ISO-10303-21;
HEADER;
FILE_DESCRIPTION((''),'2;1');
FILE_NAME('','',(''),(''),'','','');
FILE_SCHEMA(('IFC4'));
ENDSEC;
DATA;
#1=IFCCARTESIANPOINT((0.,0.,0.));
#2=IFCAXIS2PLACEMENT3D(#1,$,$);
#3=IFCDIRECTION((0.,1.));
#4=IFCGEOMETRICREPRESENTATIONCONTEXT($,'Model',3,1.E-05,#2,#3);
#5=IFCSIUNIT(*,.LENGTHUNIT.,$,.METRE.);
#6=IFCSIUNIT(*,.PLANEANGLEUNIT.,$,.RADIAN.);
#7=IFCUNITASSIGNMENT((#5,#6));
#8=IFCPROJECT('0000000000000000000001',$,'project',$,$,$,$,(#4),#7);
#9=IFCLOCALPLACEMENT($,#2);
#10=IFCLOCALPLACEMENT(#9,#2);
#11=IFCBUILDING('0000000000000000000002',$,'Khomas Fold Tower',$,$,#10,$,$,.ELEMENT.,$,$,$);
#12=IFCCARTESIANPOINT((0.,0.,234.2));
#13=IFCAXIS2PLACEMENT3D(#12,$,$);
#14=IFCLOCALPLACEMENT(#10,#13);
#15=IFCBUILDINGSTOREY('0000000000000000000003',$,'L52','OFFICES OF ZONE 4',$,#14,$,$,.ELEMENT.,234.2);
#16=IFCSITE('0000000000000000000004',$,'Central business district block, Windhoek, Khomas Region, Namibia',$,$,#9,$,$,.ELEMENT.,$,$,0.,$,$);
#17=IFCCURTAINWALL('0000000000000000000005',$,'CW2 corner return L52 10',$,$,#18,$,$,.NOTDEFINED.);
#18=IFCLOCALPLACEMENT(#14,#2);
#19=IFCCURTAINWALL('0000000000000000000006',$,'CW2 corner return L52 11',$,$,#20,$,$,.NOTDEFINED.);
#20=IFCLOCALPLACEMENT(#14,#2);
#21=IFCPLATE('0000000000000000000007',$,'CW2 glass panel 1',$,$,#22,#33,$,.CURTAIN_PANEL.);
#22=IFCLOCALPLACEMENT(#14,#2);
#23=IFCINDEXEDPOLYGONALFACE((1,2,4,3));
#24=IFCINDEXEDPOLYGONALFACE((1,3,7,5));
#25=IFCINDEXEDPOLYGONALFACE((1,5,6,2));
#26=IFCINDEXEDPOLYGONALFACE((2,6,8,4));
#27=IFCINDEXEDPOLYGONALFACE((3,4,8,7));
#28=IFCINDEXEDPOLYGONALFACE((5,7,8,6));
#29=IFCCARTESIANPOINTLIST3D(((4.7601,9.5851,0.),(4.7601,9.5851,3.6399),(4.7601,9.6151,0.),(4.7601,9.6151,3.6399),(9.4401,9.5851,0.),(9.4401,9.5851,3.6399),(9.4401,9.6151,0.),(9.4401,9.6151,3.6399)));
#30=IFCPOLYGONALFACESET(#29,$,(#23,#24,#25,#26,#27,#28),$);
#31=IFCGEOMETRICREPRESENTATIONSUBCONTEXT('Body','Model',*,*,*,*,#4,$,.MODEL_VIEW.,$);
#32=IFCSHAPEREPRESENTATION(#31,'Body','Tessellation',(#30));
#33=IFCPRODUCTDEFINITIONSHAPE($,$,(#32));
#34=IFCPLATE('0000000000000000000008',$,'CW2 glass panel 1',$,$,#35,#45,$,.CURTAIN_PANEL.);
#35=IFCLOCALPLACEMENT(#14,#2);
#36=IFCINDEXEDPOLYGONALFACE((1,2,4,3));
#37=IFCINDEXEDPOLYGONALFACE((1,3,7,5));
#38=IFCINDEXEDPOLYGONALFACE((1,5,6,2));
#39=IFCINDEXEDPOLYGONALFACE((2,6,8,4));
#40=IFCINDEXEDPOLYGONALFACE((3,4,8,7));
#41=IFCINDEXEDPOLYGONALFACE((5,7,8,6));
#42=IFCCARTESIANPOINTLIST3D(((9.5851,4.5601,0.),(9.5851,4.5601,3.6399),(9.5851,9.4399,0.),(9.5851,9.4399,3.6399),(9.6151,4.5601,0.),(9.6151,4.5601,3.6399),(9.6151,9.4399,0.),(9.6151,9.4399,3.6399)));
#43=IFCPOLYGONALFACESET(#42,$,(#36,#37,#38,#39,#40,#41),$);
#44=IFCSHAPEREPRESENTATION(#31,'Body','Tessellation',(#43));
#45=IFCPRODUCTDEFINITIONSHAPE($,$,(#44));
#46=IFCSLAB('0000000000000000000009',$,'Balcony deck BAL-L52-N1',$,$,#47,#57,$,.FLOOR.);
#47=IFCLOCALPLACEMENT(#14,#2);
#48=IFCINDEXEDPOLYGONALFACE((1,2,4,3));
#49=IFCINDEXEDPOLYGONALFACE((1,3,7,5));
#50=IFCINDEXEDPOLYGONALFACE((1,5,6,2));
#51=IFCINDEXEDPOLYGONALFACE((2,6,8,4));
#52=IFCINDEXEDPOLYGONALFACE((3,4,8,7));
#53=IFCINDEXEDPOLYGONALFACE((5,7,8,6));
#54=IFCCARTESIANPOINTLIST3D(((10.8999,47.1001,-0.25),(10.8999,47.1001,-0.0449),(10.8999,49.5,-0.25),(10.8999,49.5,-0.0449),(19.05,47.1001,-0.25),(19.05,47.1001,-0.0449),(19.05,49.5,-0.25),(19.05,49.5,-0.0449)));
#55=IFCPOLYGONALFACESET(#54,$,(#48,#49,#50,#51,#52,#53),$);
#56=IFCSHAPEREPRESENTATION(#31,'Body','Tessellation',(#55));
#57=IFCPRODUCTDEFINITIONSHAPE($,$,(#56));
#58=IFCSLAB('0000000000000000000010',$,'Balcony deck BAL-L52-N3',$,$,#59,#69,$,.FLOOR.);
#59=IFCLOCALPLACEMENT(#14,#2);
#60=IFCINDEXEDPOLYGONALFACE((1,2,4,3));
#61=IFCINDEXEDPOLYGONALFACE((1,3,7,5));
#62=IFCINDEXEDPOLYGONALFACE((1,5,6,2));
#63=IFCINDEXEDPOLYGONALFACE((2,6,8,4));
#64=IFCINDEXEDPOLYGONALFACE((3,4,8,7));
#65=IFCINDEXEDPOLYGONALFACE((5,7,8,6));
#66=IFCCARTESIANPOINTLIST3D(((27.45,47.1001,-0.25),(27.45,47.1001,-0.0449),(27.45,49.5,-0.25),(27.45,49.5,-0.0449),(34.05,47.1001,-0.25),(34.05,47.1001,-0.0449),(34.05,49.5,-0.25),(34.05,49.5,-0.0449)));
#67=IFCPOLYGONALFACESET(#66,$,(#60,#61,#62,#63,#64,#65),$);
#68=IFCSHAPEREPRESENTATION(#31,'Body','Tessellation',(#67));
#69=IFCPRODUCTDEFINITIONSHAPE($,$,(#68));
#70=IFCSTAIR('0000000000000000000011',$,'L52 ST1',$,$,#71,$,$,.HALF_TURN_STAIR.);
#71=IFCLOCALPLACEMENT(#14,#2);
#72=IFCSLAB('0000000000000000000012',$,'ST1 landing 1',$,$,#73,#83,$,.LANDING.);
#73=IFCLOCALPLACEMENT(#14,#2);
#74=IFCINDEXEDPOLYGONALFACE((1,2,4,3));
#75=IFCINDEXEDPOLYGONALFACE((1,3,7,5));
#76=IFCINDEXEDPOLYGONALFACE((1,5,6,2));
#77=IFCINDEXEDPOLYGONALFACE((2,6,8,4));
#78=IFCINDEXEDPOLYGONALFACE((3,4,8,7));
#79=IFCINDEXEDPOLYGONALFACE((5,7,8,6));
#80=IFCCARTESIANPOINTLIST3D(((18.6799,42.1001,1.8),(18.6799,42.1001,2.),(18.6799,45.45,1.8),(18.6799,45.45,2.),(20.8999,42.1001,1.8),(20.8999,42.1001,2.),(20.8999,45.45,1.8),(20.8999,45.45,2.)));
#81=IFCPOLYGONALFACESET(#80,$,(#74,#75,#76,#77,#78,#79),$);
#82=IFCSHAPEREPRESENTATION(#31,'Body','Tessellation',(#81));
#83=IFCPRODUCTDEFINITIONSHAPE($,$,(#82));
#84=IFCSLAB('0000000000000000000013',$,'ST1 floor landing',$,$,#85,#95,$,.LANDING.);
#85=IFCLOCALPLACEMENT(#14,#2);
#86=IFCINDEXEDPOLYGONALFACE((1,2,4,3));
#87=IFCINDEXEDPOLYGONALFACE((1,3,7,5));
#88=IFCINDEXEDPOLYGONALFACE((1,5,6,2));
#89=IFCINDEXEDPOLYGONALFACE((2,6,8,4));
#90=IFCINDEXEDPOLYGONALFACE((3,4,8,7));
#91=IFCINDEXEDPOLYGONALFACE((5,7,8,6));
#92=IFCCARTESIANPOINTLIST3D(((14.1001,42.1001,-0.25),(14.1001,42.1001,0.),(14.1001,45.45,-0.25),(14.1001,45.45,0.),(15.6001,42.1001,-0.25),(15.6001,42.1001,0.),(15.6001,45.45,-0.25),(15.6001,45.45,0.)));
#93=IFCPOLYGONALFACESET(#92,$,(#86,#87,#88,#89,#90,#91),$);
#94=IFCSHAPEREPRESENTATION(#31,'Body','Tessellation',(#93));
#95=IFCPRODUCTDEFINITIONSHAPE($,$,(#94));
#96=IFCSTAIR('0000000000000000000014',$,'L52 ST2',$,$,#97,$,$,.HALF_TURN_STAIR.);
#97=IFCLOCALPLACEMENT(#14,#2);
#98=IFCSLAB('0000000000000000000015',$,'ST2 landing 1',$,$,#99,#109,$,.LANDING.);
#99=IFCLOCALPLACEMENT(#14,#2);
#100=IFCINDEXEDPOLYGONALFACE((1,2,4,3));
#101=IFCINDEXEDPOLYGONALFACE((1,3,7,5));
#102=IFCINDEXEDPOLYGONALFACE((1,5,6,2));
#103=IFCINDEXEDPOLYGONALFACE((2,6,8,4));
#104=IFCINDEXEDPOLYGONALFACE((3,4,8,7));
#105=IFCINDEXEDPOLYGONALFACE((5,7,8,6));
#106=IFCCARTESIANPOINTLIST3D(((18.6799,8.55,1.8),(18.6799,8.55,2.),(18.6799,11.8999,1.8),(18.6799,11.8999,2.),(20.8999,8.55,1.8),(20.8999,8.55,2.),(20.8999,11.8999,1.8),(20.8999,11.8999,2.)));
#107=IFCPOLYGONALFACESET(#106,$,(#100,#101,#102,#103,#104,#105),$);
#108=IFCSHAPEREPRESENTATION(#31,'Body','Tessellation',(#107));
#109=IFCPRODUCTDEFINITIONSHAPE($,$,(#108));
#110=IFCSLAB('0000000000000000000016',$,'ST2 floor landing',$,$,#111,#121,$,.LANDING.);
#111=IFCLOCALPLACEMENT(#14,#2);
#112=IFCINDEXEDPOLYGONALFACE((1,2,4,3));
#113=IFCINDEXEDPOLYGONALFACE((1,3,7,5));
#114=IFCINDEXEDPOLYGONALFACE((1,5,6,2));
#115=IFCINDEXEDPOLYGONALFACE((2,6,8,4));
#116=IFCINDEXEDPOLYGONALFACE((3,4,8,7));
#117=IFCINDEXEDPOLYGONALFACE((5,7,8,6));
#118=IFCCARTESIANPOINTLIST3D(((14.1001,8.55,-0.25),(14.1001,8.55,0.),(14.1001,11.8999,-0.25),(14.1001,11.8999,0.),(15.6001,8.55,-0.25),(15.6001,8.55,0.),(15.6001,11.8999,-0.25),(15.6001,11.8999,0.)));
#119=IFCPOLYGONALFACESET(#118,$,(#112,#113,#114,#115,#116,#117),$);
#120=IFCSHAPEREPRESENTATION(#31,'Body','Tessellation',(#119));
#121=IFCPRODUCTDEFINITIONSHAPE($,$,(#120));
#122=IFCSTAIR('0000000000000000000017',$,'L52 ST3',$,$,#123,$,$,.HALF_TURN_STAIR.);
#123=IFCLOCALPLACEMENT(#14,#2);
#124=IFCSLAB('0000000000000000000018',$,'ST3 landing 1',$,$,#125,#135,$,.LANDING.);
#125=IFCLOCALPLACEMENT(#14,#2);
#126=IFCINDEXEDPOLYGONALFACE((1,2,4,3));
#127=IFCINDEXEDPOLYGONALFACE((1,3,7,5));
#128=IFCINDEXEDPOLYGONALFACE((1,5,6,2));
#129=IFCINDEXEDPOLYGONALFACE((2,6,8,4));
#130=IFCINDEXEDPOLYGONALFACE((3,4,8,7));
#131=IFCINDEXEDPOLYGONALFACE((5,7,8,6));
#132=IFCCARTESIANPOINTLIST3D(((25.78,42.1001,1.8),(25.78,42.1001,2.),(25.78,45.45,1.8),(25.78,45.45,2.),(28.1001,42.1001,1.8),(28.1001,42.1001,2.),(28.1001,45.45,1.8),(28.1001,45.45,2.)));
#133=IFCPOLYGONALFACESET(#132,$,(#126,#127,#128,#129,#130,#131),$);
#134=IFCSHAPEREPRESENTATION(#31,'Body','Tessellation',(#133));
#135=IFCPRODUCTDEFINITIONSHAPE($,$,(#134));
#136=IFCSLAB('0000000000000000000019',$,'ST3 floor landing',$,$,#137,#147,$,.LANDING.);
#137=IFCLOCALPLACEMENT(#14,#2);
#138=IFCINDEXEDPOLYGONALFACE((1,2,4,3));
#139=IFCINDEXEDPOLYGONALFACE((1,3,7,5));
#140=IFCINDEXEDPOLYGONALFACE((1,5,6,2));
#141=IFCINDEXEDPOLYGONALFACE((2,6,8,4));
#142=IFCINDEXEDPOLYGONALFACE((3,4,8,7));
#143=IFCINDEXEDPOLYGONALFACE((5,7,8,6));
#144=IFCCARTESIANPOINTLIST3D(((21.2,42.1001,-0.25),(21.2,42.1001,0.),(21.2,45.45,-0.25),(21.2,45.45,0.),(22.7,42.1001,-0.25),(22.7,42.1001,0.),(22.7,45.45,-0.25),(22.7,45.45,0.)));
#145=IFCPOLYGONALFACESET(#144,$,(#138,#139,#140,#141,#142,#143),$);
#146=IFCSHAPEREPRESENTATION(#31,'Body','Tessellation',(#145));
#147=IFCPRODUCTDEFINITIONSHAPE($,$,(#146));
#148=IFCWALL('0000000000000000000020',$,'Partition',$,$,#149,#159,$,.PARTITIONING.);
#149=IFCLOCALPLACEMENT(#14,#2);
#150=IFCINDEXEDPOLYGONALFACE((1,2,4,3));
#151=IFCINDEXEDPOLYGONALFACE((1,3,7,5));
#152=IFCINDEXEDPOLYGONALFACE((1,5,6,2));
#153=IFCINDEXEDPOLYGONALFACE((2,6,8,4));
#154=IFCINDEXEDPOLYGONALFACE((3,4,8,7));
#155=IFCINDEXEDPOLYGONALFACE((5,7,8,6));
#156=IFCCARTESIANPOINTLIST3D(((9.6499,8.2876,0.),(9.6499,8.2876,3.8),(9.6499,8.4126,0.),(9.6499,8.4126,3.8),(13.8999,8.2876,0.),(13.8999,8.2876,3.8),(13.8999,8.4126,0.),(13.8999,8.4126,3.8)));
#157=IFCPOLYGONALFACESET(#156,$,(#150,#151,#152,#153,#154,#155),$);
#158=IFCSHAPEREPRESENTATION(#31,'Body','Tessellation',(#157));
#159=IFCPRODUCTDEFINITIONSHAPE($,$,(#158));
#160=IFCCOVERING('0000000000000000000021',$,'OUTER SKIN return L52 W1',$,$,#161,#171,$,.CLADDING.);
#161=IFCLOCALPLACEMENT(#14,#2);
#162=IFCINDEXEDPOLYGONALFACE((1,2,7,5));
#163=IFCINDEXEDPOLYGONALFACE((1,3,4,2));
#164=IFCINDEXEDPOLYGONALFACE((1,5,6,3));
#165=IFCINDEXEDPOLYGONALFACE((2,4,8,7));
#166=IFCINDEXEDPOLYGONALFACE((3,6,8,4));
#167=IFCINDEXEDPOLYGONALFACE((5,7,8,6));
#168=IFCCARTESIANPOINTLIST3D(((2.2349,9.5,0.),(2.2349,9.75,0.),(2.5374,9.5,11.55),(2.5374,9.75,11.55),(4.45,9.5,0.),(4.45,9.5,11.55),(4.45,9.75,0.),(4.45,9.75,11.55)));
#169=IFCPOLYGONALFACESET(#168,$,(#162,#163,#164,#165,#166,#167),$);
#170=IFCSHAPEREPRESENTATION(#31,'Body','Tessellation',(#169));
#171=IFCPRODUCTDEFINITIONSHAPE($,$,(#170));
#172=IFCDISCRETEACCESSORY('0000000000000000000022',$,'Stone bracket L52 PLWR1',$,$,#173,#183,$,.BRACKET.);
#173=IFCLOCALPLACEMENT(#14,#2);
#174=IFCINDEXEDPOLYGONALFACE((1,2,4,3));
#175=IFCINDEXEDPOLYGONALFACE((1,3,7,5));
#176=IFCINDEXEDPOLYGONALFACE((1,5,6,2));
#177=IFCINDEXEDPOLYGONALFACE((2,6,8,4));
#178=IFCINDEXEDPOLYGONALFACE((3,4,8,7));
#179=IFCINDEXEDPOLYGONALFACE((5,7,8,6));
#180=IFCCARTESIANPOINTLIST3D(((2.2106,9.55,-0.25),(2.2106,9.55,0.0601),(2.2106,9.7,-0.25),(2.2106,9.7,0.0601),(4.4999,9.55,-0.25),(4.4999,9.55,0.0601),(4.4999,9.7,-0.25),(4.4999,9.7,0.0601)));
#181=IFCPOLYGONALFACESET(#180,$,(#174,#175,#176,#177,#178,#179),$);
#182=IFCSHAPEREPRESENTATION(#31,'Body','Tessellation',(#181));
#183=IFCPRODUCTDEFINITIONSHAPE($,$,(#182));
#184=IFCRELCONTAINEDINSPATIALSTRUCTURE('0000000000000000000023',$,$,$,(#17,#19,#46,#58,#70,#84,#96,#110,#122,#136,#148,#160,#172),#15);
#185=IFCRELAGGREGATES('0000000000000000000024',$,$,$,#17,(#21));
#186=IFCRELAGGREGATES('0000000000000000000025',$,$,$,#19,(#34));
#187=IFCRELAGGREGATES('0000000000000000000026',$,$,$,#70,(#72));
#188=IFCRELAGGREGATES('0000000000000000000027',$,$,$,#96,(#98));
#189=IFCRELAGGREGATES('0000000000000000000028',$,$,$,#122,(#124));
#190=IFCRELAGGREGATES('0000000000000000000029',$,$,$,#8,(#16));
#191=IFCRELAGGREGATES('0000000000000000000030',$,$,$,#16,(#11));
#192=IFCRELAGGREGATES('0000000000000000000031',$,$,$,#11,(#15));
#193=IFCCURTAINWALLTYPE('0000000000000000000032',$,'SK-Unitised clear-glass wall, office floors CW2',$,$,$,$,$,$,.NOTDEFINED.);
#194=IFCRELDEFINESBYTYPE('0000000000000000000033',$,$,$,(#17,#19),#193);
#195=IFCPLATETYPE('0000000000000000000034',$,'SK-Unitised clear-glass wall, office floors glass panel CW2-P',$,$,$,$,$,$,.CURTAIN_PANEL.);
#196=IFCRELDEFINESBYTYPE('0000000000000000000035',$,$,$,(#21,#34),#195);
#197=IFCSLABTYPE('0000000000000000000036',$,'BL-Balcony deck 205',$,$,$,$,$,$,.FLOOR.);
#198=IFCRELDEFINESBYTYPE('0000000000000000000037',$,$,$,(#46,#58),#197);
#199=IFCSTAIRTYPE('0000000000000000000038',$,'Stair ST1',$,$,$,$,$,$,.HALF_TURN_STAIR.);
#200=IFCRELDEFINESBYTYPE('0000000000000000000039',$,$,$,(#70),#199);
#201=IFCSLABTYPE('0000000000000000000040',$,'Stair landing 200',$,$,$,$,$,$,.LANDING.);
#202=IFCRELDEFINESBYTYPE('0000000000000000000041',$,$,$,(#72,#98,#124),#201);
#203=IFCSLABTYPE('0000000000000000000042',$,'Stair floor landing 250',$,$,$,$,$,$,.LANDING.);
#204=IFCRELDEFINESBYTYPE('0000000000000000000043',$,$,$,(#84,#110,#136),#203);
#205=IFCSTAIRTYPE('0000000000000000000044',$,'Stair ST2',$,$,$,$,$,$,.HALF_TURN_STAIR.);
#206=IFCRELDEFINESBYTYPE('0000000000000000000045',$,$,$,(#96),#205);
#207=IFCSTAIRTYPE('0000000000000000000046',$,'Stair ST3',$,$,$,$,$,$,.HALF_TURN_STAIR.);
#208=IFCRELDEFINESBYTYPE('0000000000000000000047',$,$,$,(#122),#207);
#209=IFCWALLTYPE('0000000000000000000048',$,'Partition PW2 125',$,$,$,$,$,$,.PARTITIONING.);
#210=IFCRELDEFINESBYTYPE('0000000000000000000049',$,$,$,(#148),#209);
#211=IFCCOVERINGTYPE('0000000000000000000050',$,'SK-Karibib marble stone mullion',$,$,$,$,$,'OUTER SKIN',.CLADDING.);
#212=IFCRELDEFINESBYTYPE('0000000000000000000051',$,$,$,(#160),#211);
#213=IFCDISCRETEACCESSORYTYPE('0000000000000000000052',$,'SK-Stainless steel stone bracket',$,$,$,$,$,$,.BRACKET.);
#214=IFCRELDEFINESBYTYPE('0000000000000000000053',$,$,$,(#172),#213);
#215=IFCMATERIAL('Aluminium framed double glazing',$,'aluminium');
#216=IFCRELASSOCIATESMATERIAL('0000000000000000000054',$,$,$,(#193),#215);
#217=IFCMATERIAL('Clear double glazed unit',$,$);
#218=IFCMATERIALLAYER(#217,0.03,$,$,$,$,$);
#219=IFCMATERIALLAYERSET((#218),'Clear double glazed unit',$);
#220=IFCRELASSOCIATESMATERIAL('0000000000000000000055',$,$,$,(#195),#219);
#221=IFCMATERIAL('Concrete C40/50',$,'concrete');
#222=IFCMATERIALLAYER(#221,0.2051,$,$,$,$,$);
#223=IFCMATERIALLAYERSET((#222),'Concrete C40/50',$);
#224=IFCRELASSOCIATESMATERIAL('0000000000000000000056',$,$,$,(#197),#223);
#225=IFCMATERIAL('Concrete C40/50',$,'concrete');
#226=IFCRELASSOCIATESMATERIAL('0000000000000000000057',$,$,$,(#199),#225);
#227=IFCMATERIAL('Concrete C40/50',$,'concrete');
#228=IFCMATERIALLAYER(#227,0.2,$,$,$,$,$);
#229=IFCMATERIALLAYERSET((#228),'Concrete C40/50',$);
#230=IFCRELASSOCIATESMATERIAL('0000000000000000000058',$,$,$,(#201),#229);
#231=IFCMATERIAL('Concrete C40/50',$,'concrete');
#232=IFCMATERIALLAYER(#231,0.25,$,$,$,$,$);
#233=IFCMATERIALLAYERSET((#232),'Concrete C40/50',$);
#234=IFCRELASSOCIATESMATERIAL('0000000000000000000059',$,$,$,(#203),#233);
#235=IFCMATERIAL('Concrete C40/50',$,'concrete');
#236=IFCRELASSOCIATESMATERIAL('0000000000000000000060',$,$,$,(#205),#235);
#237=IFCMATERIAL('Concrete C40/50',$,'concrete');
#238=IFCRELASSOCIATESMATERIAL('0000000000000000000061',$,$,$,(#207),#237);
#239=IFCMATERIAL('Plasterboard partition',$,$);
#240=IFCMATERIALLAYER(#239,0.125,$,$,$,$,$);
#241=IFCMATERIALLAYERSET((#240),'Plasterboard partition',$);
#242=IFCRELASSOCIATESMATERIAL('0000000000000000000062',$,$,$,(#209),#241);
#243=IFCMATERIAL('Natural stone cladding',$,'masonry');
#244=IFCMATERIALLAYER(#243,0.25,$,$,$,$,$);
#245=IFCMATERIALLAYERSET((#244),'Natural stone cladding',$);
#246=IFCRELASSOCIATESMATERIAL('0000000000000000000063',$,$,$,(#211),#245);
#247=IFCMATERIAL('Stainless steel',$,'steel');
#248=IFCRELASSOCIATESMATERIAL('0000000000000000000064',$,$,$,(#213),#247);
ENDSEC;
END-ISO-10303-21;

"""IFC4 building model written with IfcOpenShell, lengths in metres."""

from ifc_helpers import new_model, si_unit, direction, frame, frame_2d, origin, origin_2d, place, context, subcontext, project, spatial, polyline, rectangle, outline, extrude, source, transform, mapped, material, layer, layer_set, type_object, element, aggregate, save


model = new_model("IFC4")

# Units and contexts
model_context = context("Model", 3, precision=1e-05, world=origin(), true_north=direction((0.0, 1.0)))
body_context = subcontext(model_context, "Body", "Model", "MODEL_VIEW")
ifc_project = project(units=[si_unit("LENGTHUNIT", "METRE"), si_unit("PLANEANGLEUNIT", "RADIAN")], contexts=[model_context])

# Site, building, storey
site_placement = place(None, origin())
site = spatial("IfcSite", under=ifc_project, at=site_placement, Name="Central business district block, Windhoek, Khomas Region, Namibia", CompositionType="ELEMENT", RefElevation=0.0)
building_placement = place(site_placement, origin())
building = spatial("IfcBuilding", under=site, at=building_placement, Name="Khomas Fold Tower", CompositionType="ELEMENT")
storey_placement = place(building_placement, frame((0.0, 0.0, 234.2)))
storey = spatial("IfcBuildingStorey", under=building, at=storey_placement, Name="L52", Description="OFFICES OF ZONE 4", CompositionType="ELEMENT", Elevation=234.2)

# Curtain walls
ifc_material_1 = material(Name="Aluminium framed double glazing", Category="aluminium")
curtain_wall_type = type_object("IfcCurtainWallType", Name="SK-Unitised clear-glass wall, office floors CW2", PredefinedType="NOTDEFINED", material=ifc_material_1)
curtain_wall_1_placement = place(storey_placement, origin())
curtain_wall_1 = element("IfcCurtainWall", 1, at=curtain_wall_1_placement, inside=storey, type_object=curtain_wall_type, Name="CW2 corner return L52 10", PredefinedType="NOTDEFINED")
curtain_wall_2_placement = place(storey_placement, origin())
curtain_wall_2 = element("IfcCurtainWall", 2, at=curtain_wall_2_placement, inside=storey, type_object=curtain_wall_type, Name="CW2 corner return L52 11", PredefinedType="NOTDEFINED")

# Plates
ifc_material_2 = material(Name="Clear double glazed unit")
ifc_layer_1 = layer(ifc_material_2, 0.03)
ifc_layer_set_1 = layer_set([ifc_layer_1], Name="Clear double glazed unit")
plate_type_1 = type_object("IfcPlateType", Name="SK-Unitised clear-glass wall, office floors glass panel CW2-P", PredefinedType="CURTAIN_PANEL", material=ifc_layer_set_1)
shared_shape_1 = source(origin(), body_context, "Body", "SweptSolid", [
    extrude(rectangle(XDim=4.6799, YDim=0.03, at=origin_2d()), origin(), (0.0, 0.0, 1.0), 3.6399),
])
plate_1_placement = place(storey_placement, frame((7.1001, 9.6001, 0.0), z_axis=(0.0, 0.0, 1.0), x_axis=(1.0, 0.0, 0.0)))
plate_1 = element("IfcPlate", 3, at=plate_1_placement, type_object=plate_type_1, Name="CW2 glass panel 1", PredefinedType="CURTAIN_PANEL", context=body_context, shape_type="MappedRepresentation", body=[
    mapped(shared_shape_1, transform((0.0, 0.0, 0.0))),
])
aggregate(curtain_wall_1, [plate_1])
shared_shape_2 = source(origin(), body_context, "Body", "SweptSolid", [
    extrude(rectangle(XDim=4.8799, YDim=0.03, at=origin_2d()), origin(), (0.0, 0.0, 1.0), 3.6399),
])
plate_2_placement = place(storey_placement, frame((9.6001, 7.0, 0.0), z_axis=(0.0, 0.0, 1.0), x_axis=(0.0, -1.0, 0.0)))
plate_2 = element("IfcPlate", 4, at=plate_2_placement, type_object=plate_type_1, Name="CW2 glass panel 1", PredefinedType="CURTAIN_PANEL", context=body_context, shape_type="MappedRepresentation", body=[
    mapped(shared_shape_2, transform((0.0, 0.0, 0.0))),
])
aggregate(curtain_wall_2, [plate_2])

# Slabs
ifc_material_3 = material(Name="Concrete C40/50", Category="concrete")
ifc_layer_2 = layer(ifc_material_3, 0.2051)
ifc_layer_set_2 = layer_set([ifc_layer_2], Name="Concrete C40/50")
slab_type_1 = type_object("IfcSlabType", Name="BL-Balcony deck 205", PredefinedType="FLOOR", material=ifc_layer_set_2)
shared_shape_3 = source(origin(), body_context, "Body", "SweptSolid", [
    extrude(outline(polyline([(10.8999, 47.1001), (19.05, 47.1001), (19.05, 49.5), (10.8999, 49.5), (10.8999, 47.1001)])), origin(), (0.0, 0.0, 1.0), 0.2051),
])
slab_1_placement = place(storey_placement, frame((0.0, 0.0, -0.25)))
element("IfcSlab", 5, at=slab_1_placement, inside=storey, type_object=slab_type_1, Name="Balcony deck BAL-L52-N1", PredefinedType="FLOOR", context=body_context, shape_type="MappedRepresentation", body=[
    mapped(shared_shape_3, transform((0.0, 0.0, 0.0))),
])
shared_shape_4 = source(origin(), body_context, "Body", "SweptSolid", [
    extrude(outline(polyline([(27.45, 47.1001), (34.05, 47.1001), (34.05, 49.5), (27.45, 49.5), (27.45, 47.1001)])), origin(), (0.0, 0.0, 1.0), 0.2051),
])
slab_2_placement = place(storey_placement, frame((0.0, 0.0, -0.25)))
element("IfcSlab", 6, at=slab_2_placement, inside=storey, type_object=slab_type_1, Name="Balcony deck BAL-L52-N3", PredefinedType="FLOOR", context=body_context, shape_type="MappedRepresentation", body=[
    mapped(shared_shape_4, transform((0.0, 0.0, 0.0))),
])

# Stair, slab
ifc_material_4 = material(Name="Concrete C40/50", Category="concrete")
stair_type_1 = type_object("IfcStairType", Name="Stair ST1", PredefinedType="HALF_TURN_STAIR", material=ifc_material_4)
stair_1_placement = place(storey_placement, origin())
stair_1 = element("IfcStair", 7, at=stair_1_placement, inside=storey, type_object=stair_type_1, Name="L52 ST1", PredefinedType="HALF_TURN_STAIR")
ifc_material_5 = material(Name="Concrete C40/50", Category="concrete")
ifc_layer_3 = layer(ifc_material_5, 0.2)
ifc_layer_set_3 = layer_set([ifc_layer_3], Name="Concrete C40/50")
slab_type_2 = type_object("IfcSlabType", Name="Stair landing 200", PredefinedType="LANDING", material=ifc_layer_set_3)
shared_shape_5 = source(origin(), body_context, "Body", "SweptSolid", [
    extrude(outline(polyline([(18.6799, 42.1001), (20.8999, 42.1001), (20.8999, 45.45), (18.6799, 45.45), (18.6799, 42.1001)])), origin(), (0.0, 0.0, 1.0), 0.2),
])
slab_3_placement = place(storey_placement, frame((0.0, 0.0, 1.8)))
slab_3 = element("IfcSlab", 8, at=slab_3_placement, type_object=slab_type_2, Name="ST1 landing 1", PredefinedType="LANDING", context=body_context, shape_type="MappedRepresentation", body=[
    mapped(shared_shape_5, transform((0.0, 0.0, 0.0))),
])
aggregate(stair_1, [slab_3])

# Slab
ifc_material_6 = material(Name="Concrete C40/50", Category="concrete")
ifc_layer_4 = layer(ifc_material_6, 0.25)
ifc_layer_set_4 = layer_set([ifc_layer_4], Name="Concrete C40/50")
slab_type_3 = type_object("IfcSlabType", Name="Stair floor landing 250", PredefinedType="LANDING", material=ifc_layer_set_4)
shared_shape_6 = source(origin(), body_context, "Body", "SweptSolid", [
    extrude(outline(polyline([(15.6001, 42.1001), (14.1001, 42.1001), (14.1001, 45.45), (15.6001, 45.45), (15.6001, 42.1001)])), origin(), (0.0, 0.0, 1.0), 0.25),
])
slab_4_placement = place(storey_placement, frame((0.0, 0.0, -0.25)))
element("IfcSlab", 9, at=slab_4_placement, inside=storey, type_object=slab_type_3, Name="ST1 floor landing", PredefinedType="LANDING", context=body_context, shape_type="MappedRepresentation", body=[
    mapped(shared_shape_6, transform((0.0, 0.0, 0.0))),
])

# Stair, slab
ifc_material_7 = material(Name="Concrete C40/50", Category="concrete")
stair_type_2 = type_object("IfcStairType", Name="Stair ST2", PredefinedType="HALF_TURN_STAIR", material=ifc_material_7)
stair_2_placement = place(storey_placement, origin())
stair_2 = element("IfcStair", 10, at=stair_2_placement, inside=storey, type_object=stair_type_2, Name="L52 ST2", PredefinedType="HALF_TURN_STAIR")
shared_shape_7 = source(origin(), body_context, "Body", "SweptSolid", [
    extrude(outline(polyline([(18.6799, 8.55), (20.8999, 8.55), (20.8999, 11.8999), (18.6799, 11.8999), (18.6799, 8.55)])), origin(), (0.0, 0.0, 1.0), 0.2),
])
slab_5_placement = place(storey_placement, frame((0.0, 0.0, 1.8)))
slab_5 = element("IfcSlab", 11, at=slab_5_placement, type_object=slab_type_2, Name="ST2 landing 1", PredefinedType="LANDING", context=body_context, shape_type="MappedRepresentation", body=[
    mapped(shared_shape_7, transform((0.0, 0.0, 0.0))),
])
aggregate(stair_2, [slab_5])

# Slab
shared_shape_8 = source(origin(), body_context, "Body", "SweptSolid", [
    extrude(outline(polyline([(15.6001, 8.55), (14.1001, 8.55), (14.1001, 11.8999), (15.6001, 11.8999), (15.6001, 8.55)])), origin(), (0.0, 0.0, 1.0), 0.25),
])
slab_6_placement = place(storey_placement, frame((0.0, 0.0, -0.25)))
element("IfcSlab", 12, at=slab_6_placement, inside=storey, type_object=slab_type_3, Name="ST2 floor landing", PredefinedType="LANDING", context=body_context, shape_type="MappedRepresentation", body=[
    mapped(shared_shape_8, transform((0.0, 0.0, 0.0))),
])

# Stair, slab
ifc_material_8 = material(Name="Concrete C40/50", Category="concrete")
stair_type_3 = type_object("IfcStairType", Name="Stair ST3", PredefinedType="HALF_TURN_STAIR", material=ifc_material_8)
stair_3_placement = place(storey_placement, origin())
stair_3 = element("IfcStair", 13, at=stair_3_placement, inside=storey, type_object=stair_type_3, Name="L52 ST3", PredefinedType="HALF_TURN_STAIR")
shared_shape_9 = source(origin(), body_context, "Body", "SweptSolid", [
    extrude(outline(polyline([(25.78, 42.1001), (28.1001, 42.1001), (28.1001, 45.45), (25.78, 45.45), (25.78, 42.1001)])), origin(), (0.0, 0.0, 1.0), 0.2),
])
slab_7_placement = place(storey_placement, frame((0.0, 0.0, 1.8)))
slab_7 = element("IfcSlab", 14, at=slab_7_placement, type_object=slab_type_2, Name="ST3 landing 1", PredefinedType="LANDING", context=body_context, shape_type="MappedRepresentation", body=[
    mapped(shared_shape_9, transform((0.0, 0.0, 0.0))),
])
aggregate(stair_3, [slab_7])

# Slab
shared_shape_10 = source(origin(), body_context, "Body", "SweptSolid", [
    extrude(outline(polyline([(22.7, 42.1001), (21.2, 42.1001), (21.2, 45.45), (22.7, 45.45), (22.7, 42.1001)])), origin(), (0.0, 0.0, 1.0), 0.25),
])
slab_8_placement = place(storey_placement, frame((0.0, 0.0, -0.25)))
element("IfcSlab", 15, at=slab_8_placement, inside=storey, type_object=slab_type_3, Name="ST3 floor landing", PredefinedType="LANDING", context=body_context, shape_type="MappedRepresentation", body=[
    mapped(shared_shape_10, transform((0.0, 0.0, 0.0))),
])

# Wall
ifc_material_9 = material(Name="Plasterboard partition")
ifc_layer_5 = layer(ifc_material_9, 0.125)
ifc_layer_set_5 = layer_set([ifc_layer_5], Name="Plasterboard partition")
wall_type = type_object("IfcWallType", Name="Partition PW2 125", PredefinedType="PARTITIONING", material=ifc_layer_set_5)
shared_shape_11 = source(origin(), body_context, "Body", "SweptSolid", [
    extrude(rectangle(XDim=4.25, YDim=0.125, at=frame_2d((2.125, 0.0))), origin(), (0.0, 0.0, 1.0), 3.8),
])
wall_placement = place(storey_placement, frame((9.6499, 8.3501, 0.0), z_axis=(0.0, 0.0, 1.0), x_axis=(1.0, 0.0, 0.0)))
element("IfcWall", 16, at=wall_placement, inside=storey, type_object=wall_type, Name="Partition", PredefinedType="PARTITIONING", context=body_context, shape_type="MappedRepresentation", body=[
    mapped(shared_shape_11, transform((0.0, 0.0, 0.0))),
])

# Covering
ifc_material_10 = material(Name="Natural stone cladding", Category="masonry")
ifc_layer_6 = layer(ifc_material_10, 0.25)
ifc_layer_set_6 = layer_set([ifc_layer_6], Name="Natural stone cladding")
covering_type = type_object("IfcCoveringType", Name="SK-Karibib marble stone mullion", ElementType="OUTER SKIN", PredefinedType="CLADDING", material=ifc_layer_set_6)
covering_placement = place(storey_placement, frame((4.45, 9.5, 11.55), z_axis=(0.0, -1.0, 0.0), x_axis=(-1.0, 0.0, 0.0)))
element("IfcCovering", 17, at=covering_placement, inside=storey, type_object=covering_type, Name="OUTER SKIN return L52 W1", PredefinedType="CLADDING", context=body_context, shape_type="SweptSolid", body=[
    extrude(outline(polyline([(0.0, 0.0), (1.9126, 0.0), (2.2151, 11.55), (0.0, 11.55), (0.0, 0.0)])), origin(), (0.0, 0.0, -1.0), 0.25),
])

# Discrete accessory
ifc_material_11 = material(Name="Stainless steel", Category="steel")
discrete_accessory_type = type_object("IfcDiscreteAccessoryType", Name="SK-Stainless steel stone bracket", PredefinedType="BRACKET", material=ifc_material_11)
shared_shape_12 = source(origin(), body_context, "Body", "SweptSolid", [
    extrude(rectangle(XDim=2.2893, YDim=0.1499, at=origin_2d()), origin(), (0.0, 0.0, 1.0), 0.3101),
])
discrete_accessory_placement = place(storey_placement, frame((3.3552, 9.625, -0.25), z_axis=(0.0, 0.0, 1.0), x_axis=(-1.0, 0.0, 0.0)))
element("IfcDiscreteAccessory", 18, at=discrete_accessory_placement, inside=storey, type_object=discrete_accessory_type, Name="Stone bracket L52 PLWR1", PredefinedType="BRACKET", context=body_context, shape_type="MappedRepresentation", body=[
    mapped(shared_shape_12, transform((0.0, 0.0, 0.0))),
])

save(model, "model.ifc")
